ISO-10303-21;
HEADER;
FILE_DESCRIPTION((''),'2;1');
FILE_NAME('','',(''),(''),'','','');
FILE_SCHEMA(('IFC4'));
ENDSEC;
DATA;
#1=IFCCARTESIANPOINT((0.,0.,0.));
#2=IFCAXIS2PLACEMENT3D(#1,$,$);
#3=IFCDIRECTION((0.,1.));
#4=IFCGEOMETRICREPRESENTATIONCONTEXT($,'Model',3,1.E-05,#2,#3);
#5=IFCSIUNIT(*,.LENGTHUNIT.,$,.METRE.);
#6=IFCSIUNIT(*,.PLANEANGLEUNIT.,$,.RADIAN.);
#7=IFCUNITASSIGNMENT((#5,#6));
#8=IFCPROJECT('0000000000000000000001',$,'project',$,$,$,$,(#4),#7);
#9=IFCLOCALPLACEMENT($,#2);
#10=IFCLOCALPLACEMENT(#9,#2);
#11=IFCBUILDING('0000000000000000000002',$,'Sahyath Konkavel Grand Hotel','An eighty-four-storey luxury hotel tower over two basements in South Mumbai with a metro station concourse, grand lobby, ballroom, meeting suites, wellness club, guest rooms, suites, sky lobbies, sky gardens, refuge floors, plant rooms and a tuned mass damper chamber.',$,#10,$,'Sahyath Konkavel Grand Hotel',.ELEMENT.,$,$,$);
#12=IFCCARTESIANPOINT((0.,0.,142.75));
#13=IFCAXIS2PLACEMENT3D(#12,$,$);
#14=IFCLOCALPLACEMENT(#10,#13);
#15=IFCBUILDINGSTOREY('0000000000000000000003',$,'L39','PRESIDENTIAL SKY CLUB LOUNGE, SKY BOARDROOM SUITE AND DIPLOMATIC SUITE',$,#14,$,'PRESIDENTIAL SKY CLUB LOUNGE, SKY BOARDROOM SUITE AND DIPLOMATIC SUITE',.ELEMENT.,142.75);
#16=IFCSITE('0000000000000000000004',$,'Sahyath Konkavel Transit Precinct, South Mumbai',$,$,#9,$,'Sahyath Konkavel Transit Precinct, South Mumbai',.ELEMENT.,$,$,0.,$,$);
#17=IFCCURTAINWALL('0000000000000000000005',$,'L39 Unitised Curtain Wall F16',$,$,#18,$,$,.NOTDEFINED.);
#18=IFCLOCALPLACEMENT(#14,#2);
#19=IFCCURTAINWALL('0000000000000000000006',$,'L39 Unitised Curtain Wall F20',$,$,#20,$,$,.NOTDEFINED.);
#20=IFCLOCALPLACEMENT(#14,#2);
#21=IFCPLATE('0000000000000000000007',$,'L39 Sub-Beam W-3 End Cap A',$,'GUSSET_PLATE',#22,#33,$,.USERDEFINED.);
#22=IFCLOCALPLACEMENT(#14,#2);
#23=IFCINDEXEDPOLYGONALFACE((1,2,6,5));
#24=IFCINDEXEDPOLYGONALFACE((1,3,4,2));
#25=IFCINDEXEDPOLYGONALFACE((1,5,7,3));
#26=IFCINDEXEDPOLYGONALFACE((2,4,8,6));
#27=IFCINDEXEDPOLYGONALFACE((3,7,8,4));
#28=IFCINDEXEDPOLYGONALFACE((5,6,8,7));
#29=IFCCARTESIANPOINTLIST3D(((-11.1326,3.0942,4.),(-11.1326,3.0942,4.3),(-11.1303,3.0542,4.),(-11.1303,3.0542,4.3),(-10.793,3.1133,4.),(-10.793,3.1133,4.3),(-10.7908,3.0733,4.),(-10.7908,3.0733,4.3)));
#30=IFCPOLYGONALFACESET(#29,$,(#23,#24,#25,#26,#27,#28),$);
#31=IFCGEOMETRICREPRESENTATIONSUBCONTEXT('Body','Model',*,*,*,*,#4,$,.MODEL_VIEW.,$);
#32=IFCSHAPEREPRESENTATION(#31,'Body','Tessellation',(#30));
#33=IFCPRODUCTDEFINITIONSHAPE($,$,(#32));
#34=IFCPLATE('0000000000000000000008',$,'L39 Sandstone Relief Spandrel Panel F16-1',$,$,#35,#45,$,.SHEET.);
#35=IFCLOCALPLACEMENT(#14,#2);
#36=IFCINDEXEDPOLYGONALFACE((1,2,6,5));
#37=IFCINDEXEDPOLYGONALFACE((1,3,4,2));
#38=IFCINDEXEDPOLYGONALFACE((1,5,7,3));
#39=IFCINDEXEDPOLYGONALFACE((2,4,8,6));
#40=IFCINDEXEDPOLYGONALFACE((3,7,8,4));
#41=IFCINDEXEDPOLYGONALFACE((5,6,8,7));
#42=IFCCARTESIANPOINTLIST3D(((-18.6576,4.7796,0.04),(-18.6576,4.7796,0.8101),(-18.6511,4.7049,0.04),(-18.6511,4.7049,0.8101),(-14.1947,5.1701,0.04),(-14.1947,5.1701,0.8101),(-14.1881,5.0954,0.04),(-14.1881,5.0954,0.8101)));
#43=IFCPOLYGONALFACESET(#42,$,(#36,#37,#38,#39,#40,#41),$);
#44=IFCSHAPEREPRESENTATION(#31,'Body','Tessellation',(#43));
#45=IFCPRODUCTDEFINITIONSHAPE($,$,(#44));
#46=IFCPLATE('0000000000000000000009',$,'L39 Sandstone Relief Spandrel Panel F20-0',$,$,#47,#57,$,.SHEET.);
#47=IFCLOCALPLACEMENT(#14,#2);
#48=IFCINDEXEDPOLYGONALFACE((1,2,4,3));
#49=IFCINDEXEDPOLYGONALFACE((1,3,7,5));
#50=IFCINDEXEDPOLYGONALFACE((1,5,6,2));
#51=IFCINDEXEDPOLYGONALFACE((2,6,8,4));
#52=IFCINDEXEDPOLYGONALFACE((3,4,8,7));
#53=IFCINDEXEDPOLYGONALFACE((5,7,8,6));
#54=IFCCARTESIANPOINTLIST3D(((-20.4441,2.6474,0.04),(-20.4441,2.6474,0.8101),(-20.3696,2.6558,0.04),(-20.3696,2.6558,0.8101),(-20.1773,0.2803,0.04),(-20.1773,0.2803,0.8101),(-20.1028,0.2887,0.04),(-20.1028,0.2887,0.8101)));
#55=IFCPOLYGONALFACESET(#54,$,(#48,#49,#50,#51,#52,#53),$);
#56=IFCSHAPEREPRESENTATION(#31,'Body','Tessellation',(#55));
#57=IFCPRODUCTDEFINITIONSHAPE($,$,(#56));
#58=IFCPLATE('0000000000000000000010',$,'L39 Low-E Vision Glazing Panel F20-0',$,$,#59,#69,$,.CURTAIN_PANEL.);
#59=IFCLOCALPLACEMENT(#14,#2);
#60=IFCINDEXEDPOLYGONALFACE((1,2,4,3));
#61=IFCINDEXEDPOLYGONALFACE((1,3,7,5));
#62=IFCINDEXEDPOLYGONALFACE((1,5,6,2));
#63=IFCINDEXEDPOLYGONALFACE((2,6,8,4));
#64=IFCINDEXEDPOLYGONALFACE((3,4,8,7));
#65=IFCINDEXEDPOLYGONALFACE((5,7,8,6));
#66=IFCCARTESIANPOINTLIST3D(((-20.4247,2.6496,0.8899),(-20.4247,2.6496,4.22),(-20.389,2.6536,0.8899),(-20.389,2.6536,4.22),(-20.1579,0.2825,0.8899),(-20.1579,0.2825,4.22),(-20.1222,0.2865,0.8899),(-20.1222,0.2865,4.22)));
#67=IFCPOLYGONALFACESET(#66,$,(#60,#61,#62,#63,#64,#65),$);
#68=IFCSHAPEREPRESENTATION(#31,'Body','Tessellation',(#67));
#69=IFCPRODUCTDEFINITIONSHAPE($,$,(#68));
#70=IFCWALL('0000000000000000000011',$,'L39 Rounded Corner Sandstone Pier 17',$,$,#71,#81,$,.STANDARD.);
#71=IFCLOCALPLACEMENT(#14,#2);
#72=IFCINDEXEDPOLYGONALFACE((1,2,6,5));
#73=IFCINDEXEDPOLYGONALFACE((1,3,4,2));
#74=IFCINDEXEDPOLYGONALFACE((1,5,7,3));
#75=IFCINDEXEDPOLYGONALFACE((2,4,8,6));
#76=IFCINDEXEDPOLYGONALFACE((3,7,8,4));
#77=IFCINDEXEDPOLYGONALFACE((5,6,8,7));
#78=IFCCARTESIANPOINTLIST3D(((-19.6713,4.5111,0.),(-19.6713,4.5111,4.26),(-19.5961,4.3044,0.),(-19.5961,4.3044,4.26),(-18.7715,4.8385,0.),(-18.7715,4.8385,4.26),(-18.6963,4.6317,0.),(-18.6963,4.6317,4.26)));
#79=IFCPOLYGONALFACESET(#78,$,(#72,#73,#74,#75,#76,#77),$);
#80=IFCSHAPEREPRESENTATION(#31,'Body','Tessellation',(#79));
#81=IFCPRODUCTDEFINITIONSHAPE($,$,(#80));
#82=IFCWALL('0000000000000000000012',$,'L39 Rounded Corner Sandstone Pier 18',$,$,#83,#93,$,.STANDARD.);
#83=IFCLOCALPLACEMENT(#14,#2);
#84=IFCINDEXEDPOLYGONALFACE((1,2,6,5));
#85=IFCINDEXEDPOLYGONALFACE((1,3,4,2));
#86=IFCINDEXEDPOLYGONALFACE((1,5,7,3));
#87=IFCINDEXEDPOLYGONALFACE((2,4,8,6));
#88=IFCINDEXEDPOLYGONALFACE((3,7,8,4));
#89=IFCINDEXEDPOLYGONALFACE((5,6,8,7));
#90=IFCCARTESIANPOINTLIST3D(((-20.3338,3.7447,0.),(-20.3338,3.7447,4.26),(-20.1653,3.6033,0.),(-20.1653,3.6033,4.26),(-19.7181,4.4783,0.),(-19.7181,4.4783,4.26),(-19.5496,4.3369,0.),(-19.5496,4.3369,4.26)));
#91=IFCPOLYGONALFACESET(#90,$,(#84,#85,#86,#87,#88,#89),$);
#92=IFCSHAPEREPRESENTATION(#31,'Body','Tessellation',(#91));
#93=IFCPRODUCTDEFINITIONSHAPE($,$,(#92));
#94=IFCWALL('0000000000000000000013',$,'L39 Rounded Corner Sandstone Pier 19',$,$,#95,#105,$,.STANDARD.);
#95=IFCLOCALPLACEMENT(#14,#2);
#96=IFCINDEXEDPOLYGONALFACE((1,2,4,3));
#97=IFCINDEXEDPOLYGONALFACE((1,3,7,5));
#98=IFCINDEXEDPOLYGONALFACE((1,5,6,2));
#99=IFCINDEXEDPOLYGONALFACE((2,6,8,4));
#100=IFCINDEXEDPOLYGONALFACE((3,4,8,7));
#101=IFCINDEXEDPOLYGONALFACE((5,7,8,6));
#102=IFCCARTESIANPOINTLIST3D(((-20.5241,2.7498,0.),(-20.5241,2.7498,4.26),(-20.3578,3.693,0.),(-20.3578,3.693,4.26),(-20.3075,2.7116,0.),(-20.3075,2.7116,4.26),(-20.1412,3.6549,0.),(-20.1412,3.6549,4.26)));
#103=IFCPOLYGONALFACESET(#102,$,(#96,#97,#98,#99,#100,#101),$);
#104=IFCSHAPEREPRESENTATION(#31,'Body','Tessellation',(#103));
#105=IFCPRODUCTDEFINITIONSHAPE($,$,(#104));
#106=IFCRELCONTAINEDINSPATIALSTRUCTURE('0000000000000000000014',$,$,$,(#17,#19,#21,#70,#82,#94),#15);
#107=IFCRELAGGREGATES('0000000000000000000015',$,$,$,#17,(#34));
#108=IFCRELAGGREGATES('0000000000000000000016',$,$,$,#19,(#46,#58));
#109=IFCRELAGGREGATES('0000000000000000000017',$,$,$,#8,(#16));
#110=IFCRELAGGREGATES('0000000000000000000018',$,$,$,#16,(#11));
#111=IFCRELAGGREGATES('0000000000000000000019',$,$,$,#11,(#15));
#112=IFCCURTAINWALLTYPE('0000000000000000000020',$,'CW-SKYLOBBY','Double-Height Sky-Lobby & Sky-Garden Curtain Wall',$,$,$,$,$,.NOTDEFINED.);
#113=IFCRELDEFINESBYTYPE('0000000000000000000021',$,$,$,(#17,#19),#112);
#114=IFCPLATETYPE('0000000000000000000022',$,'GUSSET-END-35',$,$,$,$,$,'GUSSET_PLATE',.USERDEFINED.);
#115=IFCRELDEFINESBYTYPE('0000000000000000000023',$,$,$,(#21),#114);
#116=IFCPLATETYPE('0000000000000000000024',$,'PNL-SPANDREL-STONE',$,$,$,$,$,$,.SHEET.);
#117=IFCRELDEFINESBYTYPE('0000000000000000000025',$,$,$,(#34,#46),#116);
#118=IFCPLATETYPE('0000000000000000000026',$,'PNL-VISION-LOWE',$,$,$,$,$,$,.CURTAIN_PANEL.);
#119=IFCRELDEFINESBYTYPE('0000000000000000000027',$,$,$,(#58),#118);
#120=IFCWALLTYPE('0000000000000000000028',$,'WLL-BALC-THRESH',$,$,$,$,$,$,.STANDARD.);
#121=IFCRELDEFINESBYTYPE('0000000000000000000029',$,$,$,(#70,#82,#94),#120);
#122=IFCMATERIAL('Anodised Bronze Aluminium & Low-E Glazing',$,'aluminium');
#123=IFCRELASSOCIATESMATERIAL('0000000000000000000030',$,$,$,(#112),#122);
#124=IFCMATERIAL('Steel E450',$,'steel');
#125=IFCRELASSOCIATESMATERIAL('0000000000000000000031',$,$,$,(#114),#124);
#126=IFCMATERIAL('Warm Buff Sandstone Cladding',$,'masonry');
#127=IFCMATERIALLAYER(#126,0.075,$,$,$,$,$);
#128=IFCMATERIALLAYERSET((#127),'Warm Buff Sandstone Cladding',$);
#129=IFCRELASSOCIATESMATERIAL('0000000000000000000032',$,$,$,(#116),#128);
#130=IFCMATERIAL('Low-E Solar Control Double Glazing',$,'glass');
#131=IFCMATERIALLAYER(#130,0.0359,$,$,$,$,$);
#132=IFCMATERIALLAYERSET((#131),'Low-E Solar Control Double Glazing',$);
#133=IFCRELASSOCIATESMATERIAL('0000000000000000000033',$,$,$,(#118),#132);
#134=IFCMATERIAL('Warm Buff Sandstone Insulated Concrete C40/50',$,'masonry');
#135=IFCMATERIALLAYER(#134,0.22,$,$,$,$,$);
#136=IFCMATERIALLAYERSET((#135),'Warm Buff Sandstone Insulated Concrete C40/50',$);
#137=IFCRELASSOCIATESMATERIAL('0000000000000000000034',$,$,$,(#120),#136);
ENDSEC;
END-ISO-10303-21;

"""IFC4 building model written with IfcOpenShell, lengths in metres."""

from ifc_helpers import new_model, si_unit, direction, frame, frame_2d, origin, origin_2d, place, context, subcontext, project, spatial, rectangle, extrude, source, transform, mapped, material, layer, layer_set, type_object, element, aggregate, save


model = new_model("IFC4")

# Units and contexts
model_context = context("Model", 3, precision=1e-05, world=origin(), true_north=direction((0.0, 1.0)))
body_context = subcontext(model_context, "Body", "Model", "MODEL_VIEW")
ifc_project = project(units=[si_unit("LENGTHUNIT", "METRE"), si_unit("PLANEANGLEUNIT", "RADIAN")], contexts=[model_context])

# Site, building, storey
site_placement = place(None, origin())
site = spatial("IfcSite", under=ifc_project, at=site_placement, Name="Sahyath Konkavel Transit Precinct, South Mumbai", LongName="Sahyath Konkavel Transit Precinct, South Mumbai", CompositionType="ELEMENT", RefElevation=0.0)
building_placement = place(site_placement, origin())
building = spatial("IfcBuilding", under=site, at=building_placement, Name="Sahyath Konkavel Grand Hotel", Description="An eighty-four-storey luxury hotel tower over two basements in South Mumbai with a metro station concourse, grand lobby, ballroom, meeting suites, wellness club, guest rooms, suites, sky lobbies, sky gardens, refuge floors, plant rooms and a tuned mass damper chamber.", LongName="Sahyath Konkavel Grand Hotel", CompositionType="ELEMENT")
storey_placement = place(building_placement, frame((0.0, 0.0, 142.75)))
storey = spatial("IfcBuildingStorey", under=building, at=storey_placement, Name="L39", Description="PRESIDENTIAL SKY CLUB LOUNGE, SKY BOARDROOM SUITE AND DIPLOMATIC SUITE", LongName="PRESIDENTIAL SKY CLUB LOUNGE, SKY BOARDROOM SUITE AND DIPLOMATIC SUITE", CompositionType="ELEMENT", Elevation=142.75)

# Curtain wall
ifc_material_1 = material(Name="Anodised Bronze Aluminium & Low-E Glazing", Category="aluminium")
curtain_wall_type = type_object("IfcCurtainWallType", Name="CW-SKYLOBBY", Description="Double-Height Sky-Lobby & Sky-Garden Curtain Wall", PredefinedType="NOTDEFINED", material=ifc_material_1)
curtain_wall_1_placement = place(storey_placement, origin())
curtain_wall_1 = element("IfcCurtainWall", 1, at=curtain_wall_1_placement, inside=storey, type_object=curtain_wall_type, Name="L39 Unitised Curtain Wall F16", PredefinedType="NOTDEFINED")

# Curtain wall
curtain_wall_2_placement = place(storey_placement, origin())
curtain_wall_2 = element("IfcCurtainWall", 2, at=curtain_wall_2_placement, inside=storey, type_object=curtain_wall_type, Name="L39 Unitised Curtain Wall F20", PredefinedType="NOTDEFINED")

# Plates
ifc_material_2 = material(Name="Steel E450", Category="steel")
plate_type_1 = type_object("IfcPlateType", Name="GUSSET-END-35", ElementType="GUSSET_PLATE", PredefinedType="USERDEFINED", material=ifc_material_2)
shared_shape_1 = source(origin(), body_context, "Body", "SweptSolid", [
    extrude(rectangle(XDim=0.04, YDim=0.3401, at=origin_2d()), origin(), (0.0, 0.0, 1.0), 0.3),
])
plate_1_placement = place(storey_placement, frame((-10.9617, 3.0837, 4.0), z_axis=(0.0, 0.0, 1.0), x_axis=(0.056083, -0.998426, 0.0)))
element("IfcPlate", 3, at=plate_1_placement, inside=storey, type_object=plate_type_1, Name="L39 Sub-Beam W-3 End Cap A", ObjectType="GUSSET_PLATE", PredefinedType="USERDEFINED", context=body_context, shape_type="MappedRepresentation", body=[
    mapped(shared_shape_1, transform((0.0, 0.0, 0.0), scale=1.0)),
])
ifc_material_3 = material(Name="Warm Buff Sandstone Cladding", Category="masonry")
ifc_layer_1 = layer(ifc_material_3, 0.075)
ifc_layer_set_1 = layer_set([ifc_layer_1], Name="Warm Buff Sandstone Cladding")
plate_type_2 = type_object("IfcPlateType", Name="PNL-SPANDREL-STONE", PredefinedType="SHEET", material=ifc_layer_set_1)
shared_shape_2 = source(origin(), body_context, "Body", "SweptSolid", [
    extrude(rectangle(XDim=4.48, YDim=0.075, at=origin_2d()), origin(), (0.0, 0.0, 1.0), 0.77),
])
plate_2_placement = place(storey_placement, frame((-16.4229, 4.9375, 0.04), z_axis=(0.0, 0.0, 1.0), x_axis=(-0.996195, -0.087156, 0.0)))
plate_2 = element("IfcPlate", 4, at=plate_2_placement, type_object=plate_type_2, Name="L39 Sandstone Relief Spandrel Panel F16-1", PredefinedType="SHEET", context=body_context, shape_type="MappedRepresentation", body=[
    mapped(shared_shape_2, transform((0.0, 0.0, 0.0), scale=1.0)),
])
aggregate(curtain_wall_1, [plate_2])
shared_shape_3 = source(origin(), body_context, "Body", "SweptSolid", [
    extrude(rectangle(XDim=2.3821, YDim=0.075, at=origin_2d()), origin(), (0.0, 0.0, 1.0), 0.77),
])
plate_3_placement = place(storey_placement, frame((-20.2734, 1.468, 0.04), z_axis=(0.0, 0.0, 1.0), x_axis=(0.111989, -0.993709, 0.0)))
plate_3 = element("IfcPlate", 5, at=plate_3_placement, type_object=plate_type_2, Name="L39 Sandstone Relief Spandrel Panel F20-0", PredefinedType="SHEET", context=body_context, shape_type="MappedRepresentation", body=[
    mapped(shared_shape_3, transform((0.0, 0.0, 0.0), scale=1.0)),
])
ifc_material_4 = material(Name="Low-E Solar Control Double Glazing", Category="glass")
ifc_layer_2 = layer(ifc_material_4, 0.0359)
ifc_layer_set_2 = layer_set([ifc_layer_2], Name="Low-E Solar Control Double Glazing")
plate_type_3 = type_object("IfcPlateType", Name="PNL-VISION-LOWE", PredefinedType="CURTAIN_PANEL", material=ifc_layer_set_2)
shared_shape_4 = source(origin(), body_context, "Body", "SweptSolid", [
    extrude(rectangle(XDim=2.3821, YDim=0.0359, at=origin_2d()), origin(), (0.0, 0.0, 1.0), 3.3301),
])
plate_4_placement = place(storey_placement, frame((-20.2734, 1.468, 0.8899), z_axis=(0.0, 0.0, 1.0), x_axis=(0.111989, -0.993709, 0.0)))
plate_4 = element("IfcPlate", 6, at=plate_4_placement, type_object=plate_type_3, Name="L39 Low-E Vision Glazing Panel F20-0", PredefinedType="CURTAIN_PANEL", context=body_context, shape_type="MappedRepresentation", body=[
    mapped(shared_shape_4, transform((0.0, 0.0, 0.0), scale=1.0)),
])
aggregate(curtain_wall_2, [plate_3, plate_4])

# Walls
ifc_material_5 = material(Name="Warm Buff Sandstone Insulated Concrete C40/50", Category="masonry")
ifc_layer_3 = layer(ifc_material_5, 0.22)
ifc_layer_set_3 = layer_set([ifc_layer_3], Name="Warm Buff Sandstone Insulated Concrete C40/50")
wall_type = type_object("IfcWallType", Name="WLL-BALC-THRESH", PredefinedType="STANDARD", material=ifc_layer_set_3)
wall_placement = place(storey_placement, frame((-18.7339, 4.7351, 0.0), z_axis=(0.0, 0.0, 1.0), x_axis=(-0.939741, -0.341886, 0.0)))
element("IfcWall", 7, at=wall_placement, inside=storey, type_object=wall_type, Name="L39 Rounded Corner Sandstone Pier 17", PredefinedType="STANDARD", context=body_context, shape_type="SweptSolid", body=[
    extrude(rectangle(XDim=0.9575, YDim=0.22, at=frame_2d((0.4788, 0.0))), origin(), (0.0, 0.0, 1.0), 4.26),
])
for number, where, z_axis, x_axis, name in (
    (8, (-19.6338, 4.4077, 0.0), (0.0, 0.0, 1.0), (-0.642863, -0.765981, 0.0), "L39 Rounded Corner Sandstone Pier 18"),
    (9, (-20.2495, 3.6741, 0.0), (0.0, 0.0, 1.0), (-0.173611, -0.984814, 0.0), "L39 Rounded Corner Sandstone Pier 19"),
):
    element("IfcWall", number, at=place(storey_placement, frame(where, z_axis=z_axis, x_axis=x_axis)), inside=storey, type_object=wall_type, Name=name, PredefinedType="STANDARD", context=body_context, shape_type="SweptSolid", body=[
        extrude(rectangle(XDim=0.9578, YDim=0.22, at=frame_2d((0.479, 0.0))), origin(), (0.0, 0.0, 1.0), 4.26),
    ])

save(model, "model.ifc")
